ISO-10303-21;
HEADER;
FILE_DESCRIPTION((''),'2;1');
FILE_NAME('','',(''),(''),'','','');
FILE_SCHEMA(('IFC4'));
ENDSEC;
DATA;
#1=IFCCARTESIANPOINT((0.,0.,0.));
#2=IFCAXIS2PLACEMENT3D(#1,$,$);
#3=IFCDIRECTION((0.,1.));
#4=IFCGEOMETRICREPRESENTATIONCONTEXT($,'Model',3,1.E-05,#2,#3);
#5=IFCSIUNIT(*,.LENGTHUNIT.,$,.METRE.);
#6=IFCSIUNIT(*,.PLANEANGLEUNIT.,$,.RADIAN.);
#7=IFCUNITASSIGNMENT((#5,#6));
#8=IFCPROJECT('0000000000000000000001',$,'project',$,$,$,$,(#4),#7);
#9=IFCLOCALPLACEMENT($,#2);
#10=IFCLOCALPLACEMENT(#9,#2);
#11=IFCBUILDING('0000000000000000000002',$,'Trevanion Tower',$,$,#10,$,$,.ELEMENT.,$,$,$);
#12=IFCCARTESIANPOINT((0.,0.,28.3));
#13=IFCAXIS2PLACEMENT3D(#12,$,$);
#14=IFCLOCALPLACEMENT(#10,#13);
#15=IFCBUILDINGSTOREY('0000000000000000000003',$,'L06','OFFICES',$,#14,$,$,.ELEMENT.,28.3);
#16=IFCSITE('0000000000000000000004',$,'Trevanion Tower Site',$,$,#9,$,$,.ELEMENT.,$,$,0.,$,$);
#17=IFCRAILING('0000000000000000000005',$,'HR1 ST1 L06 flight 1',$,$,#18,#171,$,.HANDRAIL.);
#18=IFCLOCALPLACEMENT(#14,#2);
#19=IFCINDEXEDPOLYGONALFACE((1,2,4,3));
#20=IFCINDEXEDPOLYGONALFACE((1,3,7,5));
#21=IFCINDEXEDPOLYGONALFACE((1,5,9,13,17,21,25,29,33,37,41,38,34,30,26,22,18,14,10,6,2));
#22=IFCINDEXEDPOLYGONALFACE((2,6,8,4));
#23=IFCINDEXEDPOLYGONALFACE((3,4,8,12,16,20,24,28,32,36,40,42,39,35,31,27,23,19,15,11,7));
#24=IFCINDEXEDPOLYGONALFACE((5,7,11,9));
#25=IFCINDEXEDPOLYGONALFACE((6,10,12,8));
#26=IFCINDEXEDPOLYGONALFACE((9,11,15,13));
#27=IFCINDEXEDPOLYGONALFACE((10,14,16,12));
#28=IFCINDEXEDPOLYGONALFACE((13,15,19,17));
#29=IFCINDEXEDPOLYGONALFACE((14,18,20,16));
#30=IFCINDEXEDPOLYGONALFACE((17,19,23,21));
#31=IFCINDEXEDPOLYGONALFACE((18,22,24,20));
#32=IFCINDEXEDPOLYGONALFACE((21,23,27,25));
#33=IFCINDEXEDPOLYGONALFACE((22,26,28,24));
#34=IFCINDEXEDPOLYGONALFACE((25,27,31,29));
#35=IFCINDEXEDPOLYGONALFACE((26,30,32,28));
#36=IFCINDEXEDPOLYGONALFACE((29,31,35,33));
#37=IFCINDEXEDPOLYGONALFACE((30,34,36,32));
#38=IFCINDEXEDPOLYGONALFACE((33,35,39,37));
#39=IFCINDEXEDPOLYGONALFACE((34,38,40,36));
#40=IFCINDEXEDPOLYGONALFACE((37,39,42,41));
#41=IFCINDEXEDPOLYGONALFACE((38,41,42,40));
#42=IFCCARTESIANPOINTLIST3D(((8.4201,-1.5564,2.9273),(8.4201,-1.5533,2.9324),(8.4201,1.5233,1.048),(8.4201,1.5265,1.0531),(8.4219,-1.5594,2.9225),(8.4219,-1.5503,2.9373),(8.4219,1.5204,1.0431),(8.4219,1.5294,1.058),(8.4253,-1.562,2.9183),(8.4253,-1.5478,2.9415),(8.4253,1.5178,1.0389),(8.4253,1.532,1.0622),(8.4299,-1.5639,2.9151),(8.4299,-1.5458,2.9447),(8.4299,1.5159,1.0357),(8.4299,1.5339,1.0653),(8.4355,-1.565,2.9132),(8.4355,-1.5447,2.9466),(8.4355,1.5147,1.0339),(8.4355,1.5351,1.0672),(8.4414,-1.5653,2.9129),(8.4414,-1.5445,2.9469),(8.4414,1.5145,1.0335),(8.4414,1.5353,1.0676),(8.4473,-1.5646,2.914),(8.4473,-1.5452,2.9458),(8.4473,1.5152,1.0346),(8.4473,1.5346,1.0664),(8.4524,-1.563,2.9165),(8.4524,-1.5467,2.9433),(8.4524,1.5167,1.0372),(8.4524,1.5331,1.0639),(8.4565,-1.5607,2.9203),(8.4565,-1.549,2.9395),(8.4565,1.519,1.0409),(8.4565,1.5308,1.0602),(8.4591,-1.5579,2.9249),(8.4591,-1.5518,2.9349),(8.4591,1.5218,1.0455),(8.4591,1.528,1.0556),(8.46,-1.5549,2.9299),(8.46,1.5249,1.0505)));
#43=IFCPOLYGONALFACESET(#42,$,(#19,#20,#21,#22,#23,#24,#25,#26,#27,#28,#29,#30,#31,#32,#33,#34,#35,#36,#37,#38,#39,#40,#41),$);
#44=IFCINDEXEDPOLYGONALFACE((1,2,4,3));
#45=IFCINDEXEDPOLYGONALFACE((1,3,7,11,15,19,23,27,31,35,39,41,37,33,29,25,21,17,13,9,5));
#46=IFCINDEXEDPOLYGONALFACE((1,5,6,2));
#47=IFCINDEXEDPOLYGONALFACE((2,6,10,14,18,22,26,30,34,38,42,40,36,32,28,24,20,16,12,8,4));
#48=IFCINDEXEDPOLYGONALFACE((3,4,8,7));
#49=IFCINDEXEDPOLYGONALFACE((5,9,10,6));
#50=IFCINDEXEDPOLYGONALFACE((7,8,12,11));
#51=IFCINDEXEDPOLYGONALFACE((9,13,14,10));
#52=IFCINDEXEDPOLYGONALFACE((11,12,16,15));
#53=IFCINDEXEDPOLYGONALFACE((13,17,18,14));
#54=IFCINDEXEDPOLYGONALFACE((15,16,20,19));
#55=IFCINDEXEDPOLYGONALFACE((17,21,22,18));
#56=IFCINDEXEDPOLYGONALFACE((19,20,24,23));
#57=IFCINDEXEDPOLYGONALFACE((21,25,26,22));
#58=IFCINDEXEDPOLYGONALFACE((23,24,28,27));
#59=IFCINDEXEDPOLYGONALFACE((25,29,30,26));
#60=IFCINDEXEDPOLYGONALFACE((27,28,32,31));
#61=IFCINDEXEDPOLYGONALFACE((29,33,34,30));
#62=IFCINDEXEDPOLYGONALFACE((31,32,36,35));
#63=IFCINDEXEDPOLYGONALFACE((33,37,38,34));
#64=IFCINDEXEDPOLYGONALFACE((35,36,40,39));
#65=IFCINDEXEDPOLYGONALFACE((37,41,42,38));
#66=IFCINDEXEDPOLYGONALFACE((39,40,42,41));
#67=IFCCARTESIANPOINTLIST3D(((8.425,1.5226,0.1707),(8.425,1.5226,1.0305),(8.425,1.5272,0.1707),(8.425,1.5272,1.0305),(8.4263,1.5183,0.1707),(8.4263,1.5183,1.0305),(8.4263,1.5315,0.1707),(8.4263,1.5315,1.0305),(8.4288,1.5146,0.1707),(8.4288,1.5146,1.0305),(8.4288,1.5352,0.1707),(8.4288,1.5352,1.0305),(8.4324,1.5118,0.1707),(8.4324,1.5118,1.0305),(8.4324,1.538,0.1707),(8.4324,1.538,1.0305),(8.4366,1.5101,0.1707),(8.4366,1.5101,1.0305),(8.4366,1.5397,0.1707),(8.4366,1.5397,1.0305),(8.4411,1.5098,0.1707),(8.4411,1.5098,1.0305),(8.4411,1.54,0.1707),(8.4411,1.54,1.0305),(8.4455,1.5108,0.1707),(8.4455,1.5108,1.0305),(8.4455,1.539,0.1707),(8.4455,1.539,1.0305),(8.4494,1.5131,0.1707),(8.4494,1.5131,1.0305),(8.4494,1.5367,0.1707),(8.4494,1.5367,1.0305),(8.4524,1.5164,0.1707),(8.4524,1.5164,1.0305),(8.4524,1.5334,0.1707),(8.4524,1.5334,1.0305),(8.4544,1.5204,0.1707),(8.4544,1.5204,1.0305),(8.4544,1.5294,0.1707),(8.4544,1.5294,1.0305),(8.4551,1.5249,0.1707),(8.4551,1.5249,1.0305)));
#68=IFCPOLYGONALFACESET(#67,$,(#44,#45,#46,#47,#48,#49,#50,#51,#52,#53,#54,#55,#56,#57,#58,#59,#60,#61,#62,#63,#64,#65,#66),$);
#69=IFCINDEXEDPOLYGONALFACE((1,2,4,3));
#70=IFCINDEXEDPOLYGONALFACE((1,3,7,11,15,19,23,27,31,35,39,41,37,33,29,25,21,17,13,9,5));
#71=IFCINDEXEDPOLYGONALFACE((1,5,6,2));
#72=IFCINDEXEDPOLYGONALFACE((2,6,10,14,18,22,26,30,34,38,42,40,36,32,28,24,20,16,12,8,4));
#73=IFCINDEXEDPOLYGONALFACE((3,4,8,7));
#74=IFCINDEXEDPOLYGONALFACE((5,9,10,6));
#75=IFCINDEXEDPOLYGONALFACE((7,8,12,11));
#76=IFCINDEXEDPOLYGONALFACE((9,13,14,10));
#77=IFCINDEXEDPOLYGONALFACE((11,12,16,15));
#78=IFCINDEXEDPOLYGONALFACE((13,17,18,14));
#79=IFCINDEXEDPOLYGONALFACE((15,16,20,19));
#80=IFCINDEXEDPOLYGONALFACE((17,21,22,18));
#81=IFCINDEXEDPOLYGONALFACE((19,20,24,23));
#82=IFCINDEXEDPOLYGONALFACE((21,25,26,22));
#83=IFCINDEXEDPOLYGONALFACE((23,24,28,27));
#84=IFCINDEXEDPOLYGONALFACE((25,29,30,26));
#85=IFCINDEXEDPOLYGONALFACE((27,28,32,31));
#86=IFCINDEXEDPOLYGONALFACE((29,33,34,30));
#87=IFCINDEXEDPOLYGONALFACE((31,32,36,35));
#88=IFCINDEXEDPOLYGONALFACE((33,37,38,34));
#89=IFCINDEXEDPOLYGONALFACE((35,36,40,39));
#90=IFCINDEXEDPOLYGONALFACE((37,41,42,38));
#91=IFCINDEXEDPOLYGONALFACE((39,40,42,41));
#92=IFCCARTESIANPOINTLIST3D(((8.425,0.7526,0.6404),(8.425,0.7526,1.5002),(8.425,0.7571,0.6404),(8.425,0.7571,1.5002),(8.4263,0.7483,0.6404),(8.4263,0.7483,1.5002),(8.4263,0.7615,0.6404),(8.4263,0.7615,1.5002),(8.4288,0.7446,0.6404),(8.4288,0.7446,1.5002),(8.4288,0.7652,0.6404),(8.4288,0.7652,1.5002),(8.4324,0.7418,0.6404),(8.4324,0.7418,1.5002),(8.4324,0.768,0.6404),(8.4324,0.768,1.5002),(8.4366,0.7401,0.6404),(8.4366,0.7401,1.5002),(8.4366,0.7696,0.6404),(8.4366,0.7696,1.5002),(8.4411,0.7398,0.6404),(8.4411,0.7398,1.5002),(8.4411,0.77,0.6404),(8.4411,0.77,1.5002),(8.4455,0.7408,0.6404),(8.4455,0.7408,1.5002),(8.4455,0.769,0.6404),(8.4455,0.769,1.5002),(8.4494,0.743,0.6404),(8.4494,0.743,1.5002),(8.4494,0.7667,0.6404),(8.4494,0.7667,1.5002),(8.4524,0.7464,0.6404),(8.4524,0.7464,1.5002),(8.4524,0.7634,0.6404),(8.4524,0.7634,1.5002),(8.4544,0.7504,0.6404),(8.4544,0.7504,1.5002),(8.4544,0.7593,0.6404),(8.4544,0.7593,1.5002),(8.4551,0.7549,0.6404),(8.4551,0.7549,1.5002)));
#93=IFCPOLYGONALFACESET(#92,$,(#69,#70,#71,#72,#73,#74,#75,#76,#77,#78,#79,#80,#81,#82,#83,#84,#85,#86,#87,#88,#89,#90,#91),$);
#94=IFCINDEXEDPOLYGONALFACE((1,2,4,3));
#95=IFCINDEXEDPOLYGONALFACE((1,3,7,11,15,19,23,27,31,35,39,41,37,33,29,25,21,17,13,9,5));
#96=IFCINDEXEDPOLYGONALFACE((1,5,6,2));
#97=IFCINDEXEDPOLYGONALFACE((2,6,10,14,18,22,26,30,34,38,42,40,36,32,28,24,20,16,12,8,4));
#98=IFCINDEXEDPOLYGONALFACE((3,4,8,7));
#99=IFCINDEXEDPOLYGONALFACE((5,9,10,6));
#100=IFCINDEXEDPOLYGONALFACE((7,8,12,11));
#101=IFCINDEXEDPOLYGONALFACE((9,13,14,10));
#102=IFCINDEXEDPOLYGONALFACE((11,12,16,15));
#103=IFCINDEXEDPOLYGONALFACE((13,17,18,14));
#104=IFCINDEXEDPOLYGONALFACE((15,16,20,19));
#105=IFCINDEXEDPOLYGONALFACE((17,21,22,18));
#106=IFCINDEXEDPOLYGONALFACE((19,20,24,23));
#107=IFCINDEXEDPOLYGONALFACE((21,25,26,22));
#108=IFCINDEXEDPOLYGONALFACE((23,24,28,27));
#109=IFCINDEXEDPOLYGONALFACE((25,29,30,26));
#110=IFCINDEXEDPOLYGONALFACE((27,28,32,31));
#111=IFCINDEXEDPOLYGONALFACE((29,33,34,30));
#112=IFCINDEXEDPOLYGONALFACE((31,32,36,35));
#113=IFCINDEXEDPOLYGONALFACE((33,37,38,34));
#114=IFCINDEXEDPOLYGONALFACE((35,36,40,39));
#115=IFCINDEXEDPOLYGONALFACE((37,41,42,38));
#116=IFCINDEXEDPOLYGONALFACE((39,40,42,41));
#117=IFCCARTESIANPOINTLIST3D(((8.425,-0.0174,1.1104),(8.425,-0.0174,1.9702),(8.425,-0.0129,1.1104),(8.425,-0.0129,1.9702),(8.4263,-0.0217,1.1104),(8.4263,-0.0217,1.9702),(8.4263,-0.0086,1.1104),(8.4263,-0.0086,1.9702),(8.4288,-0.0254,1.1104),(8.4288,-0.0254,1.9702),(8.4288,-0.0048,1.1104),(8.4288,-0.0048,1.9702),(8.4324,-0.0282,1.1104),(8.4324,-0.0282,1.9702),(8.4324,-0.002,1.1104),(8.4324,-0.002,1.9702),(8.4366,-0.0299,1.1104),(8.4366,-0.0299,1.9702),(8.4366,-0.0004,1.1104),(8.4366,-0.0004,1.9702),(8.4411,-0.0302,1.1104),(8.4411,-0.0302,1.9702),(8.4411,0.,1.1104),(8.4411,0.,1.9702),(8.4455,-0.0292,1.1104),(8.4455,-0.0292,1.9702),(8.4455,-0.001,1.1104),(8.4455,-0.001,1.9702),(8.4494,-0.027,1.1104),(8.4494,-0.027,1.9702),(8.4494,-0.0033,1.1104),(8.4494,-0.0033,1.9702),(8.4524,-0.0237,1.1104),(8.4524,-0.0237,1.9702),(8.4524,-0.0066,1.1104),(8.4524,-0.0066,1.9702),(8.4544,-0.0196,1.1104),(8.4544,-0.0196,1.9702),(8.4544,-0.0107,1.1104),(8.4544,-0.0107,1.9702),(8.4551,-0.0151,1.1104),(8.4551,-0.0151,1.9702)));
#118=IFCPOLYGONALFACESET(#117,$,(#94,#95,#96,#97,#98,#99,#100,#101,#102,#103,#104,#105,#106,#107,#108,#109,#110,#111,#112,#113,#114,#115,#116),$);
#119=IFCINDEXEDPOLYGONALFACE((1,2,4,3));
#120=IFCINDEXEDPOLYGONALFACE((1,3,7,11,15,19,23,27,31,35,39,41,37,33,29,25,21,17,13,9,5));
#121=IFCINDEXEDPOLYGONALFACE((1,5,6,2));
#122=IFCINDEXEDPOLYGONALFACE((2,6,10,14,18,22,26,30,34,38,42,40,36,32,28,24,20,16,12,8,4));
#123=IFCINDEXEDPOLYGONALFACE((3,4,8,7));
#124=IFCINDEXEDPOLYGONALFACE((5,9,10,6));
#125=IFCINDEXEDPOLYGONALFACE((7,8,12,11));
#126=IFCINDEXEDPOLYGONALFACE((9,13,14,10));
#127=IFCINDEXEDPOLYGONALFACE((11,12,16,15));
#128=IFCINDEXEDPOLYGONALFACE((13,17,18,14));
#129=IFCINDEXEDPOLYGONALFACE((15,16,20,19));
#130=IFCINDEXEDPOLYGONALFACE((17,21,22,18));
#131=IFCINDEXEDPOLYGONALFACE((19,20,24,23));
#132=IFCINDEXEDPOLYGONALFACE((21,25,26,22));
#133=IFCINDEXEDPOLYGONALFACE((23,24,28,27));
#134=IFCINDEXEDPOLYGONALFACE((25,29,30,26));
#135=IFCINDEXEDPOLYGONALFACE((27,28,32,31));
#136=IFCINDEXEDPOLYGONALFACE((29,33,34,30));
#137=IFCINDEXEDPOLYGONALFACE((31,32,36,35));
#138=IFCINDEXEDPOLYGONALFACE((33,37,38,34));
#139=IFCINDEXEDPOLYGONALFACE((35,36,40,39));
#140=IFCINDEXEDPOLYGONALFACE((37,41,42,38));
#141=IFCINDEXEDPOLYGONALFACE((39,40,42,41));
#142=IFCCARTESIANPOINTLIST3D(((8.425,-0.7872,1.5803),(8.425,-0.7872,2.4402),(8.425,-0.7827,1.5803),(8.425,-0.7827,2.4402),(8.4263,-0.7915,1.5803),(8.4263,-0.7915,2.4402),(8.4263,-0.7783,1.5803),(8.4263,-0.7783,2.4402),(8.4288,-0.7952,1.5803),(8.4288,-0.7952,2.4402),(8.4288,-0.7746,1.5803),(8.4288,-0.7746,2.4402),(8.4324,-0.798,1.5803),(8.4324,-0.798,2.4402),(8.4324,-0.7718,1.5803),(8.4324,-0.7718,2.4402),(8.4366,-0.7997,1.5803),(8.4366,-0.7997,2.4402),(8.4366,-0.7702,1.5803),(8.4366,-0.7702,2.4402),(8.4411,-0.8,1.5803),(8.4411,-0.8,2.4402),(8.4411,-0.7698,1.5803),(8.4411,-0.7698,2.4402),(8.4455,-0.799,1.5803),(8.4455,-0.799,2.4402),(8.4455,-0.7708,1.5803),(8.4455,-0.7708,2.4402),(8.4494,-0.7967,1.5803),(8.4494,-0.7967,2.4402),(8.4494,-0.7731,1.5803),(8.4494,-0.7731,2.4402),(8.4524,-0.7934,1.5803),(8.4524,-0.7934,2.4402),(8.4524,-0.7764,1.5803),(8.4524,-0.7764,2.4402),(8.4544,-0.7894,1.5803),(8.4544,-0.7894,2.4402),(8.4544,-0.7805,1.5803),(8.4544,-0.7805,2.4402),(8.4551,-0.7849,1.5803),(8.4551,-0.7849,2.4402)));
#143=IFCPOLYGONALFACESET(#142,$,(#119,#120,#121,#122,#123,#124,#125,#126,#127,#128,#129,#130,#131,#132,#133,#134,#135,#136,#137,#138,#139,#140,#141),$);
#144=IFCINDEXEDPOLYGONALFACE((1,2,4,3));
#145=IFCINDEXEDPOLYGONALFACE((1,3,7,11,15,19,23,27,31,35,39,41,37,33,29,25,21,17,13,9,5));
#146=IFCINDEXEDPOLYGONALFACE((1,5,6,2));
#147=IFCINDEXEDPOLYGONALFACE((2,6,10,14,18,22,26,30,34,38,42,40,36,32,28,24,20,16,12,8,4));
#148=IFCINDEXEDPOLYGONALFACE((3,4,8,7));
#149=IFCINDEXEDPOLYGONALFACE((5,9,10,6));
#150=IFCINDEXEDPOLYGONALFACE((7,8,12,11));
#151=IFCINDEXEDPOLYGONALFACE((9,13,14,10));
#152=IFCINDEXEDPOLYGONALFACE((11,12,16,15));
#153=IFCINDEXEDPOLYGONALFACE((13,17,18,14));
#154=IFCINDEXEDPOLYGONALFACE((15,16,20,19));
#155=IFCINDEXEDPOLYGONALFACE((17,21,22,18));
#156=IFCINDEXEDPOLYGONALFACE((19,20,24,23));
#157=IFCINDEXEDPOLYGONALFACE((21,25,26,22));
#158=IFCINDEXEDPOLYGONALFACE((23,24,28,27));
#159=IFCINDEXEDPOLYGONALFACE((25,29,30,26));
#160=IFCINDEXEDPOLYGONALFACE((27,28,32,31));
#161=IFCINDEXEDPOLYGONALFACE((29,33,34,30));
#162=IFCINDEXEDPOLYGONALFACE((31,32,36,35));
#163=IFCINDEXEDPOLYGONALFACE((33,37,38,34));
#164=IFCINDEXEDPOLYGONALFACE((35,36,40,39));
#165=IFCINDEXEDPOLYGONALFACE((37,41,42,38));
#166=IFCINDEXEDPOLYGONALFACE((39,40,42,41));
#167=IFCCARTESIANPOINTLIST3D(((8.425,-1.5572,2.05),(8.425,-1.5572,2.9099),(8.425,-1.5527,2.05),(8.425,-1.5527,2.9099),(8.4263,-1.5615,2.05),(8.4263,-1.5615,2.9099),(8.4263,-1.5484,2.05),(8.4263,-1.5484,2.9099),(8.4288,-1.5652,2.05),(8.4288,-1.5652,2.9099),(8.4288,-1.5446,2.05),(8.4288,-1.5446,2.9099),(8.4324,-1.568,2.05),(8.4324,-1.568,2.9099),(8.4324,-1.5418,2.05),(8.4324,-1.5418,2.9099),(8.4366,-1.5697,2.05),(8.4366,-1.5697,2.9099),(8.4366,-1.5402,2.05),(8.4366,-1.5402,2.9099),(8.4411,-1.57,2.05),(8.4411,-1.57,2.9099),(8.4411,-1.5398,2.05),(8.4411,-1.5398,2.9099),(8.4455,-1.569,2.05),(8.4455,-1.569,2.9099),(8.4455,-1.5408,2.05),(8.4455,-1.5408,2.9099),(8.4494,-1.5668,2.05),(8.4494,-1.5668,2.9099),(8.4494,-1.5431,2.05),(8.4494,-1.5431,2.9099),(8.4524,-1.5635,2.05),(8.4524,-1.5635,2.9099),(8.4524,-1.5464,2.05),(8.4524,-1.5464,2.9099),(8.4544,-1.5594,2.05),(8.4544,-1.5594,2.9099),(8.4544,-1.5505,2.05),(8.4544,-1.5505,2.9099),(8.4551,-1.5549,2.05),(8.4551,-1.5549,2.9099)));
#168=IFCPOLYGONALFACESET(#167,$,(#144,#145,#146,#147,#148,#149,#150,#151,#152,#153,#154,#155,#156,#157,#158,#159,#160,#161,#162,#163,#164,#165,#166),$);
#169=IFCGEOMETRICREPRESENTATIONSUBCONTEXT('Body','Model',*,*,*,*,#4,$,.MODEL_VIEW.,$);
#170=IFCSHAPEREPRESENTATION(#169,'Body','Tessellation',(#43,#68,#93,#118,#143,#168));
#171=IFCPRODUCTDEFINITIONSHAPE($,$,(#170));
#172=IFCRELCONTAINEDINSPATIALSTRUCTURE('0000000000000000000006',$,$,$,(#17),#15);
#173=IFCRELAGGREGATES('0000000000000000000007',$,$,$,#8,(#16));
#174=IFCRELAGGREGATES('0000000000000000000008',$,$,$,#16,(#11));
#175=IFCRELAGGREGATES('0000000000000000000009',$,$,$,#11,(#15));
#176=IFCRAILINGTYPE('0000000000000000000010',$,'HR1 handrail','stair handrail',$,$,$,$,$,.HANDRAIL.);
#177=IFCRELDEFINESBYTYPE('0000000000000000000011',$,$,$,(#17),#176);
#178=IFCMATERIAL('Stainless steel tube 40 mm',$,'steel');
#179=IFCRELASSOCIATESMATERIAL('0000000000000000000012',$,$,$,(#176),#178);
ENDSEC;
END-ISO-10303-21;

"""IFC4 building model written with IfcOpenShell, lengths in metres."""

from ifc_helpers import new_model, si_unit, direction, frame, origin, origin_2d, place, context, subcontext, project, spatial, circle, extrude, material, type_object, element, save


model = new_model("IFC4")

# Units and contexts
model_context = context("Model", 3, precision=1e-05, world=origin(), true_north=direction((0.0, 1.0)))
body_context = subcontext(model_context, "Body", "Model", "MODEL_VIEW")
ifc_project = project(units=[si_unit("LENGTHUNIT", "METRE"), si_unit("PLANEANGLEUNIT", "RADIAN")], contexts=[model_context])

# Site, building, storey
site_placement = place(None, origin())
site = spatial("IfcSite", under=ifc_project, at=site_placement, Name="Trevanion Tower Site", CompositionType="ELEMENT", RefElevation=0.0)
building_placement = place(site_placement, origin())
building = spatial("IfcBuilding", under=site, at=building_placement, Name="Trevanion Tower", CompositionType="ELEMENT")
storey_placement = place(building_placement, frame((0.0, 0.0, 28.3)))
storey = spatial("IfcBuildingStorey", under=building, at=storey_placement, Name="L06", Description="OFFICES", CompositionType="ELEMENT", Elevation=28.3)

# Railing
ifc_material_1 = material(Name="Stainless steel tube 40 mm", Category="steel")
railing_type = type_object("IfcRailingType", Name="HR1 handrail", Description="stair handrail", PredefinedType="HANDRAIL", material=ifc_material_1)
for number, where, name in (
    (1, (8.4399, 1.5249, 0.1707), "HR1 ST1 L06 flight 1"),
):
    element("IfcRailing", number, at=place(storey_placement, frame(where)), inside=storey, type_object=railing_type, Name=name, PredefinedType="HANDRAIL", context=body_context, shape_type="SweptSolid", body=[
        extrude(circle(Radius=0.02, at=origin_2d()), frame((0.0, 0.0, 0.8799), z_axis=(0.0, -0.853618, 0.5209), x_axis=(1.0, 0.0, 0.0)), (0.0, 0.0, 1.0), 3.6079),
        extrude(circle(Radius=0.0151, at=origin_2d()), origin(), (0.0, 0.0, 1.0), 0.8599),
        extrude(circle(Radius=0.0151, at=origin_2d()), frame((0.0, -0.77, 0.4697)), (0.0, 0.0, 1.0), 0.8599),
        extrude(circle(Radius=0.0151, at=origin_2d()), frame((0.0, -1.54, 0.9397)), (0.0, 0.0, 1.0), 0.8599),
        extrude(circle(Radius=0.0151, at=origin_2d()), frame((0.0, -2.3098, 1.4097)), (0.0, 0.0, 1.0), 0.8599),
        extrude(circle(Radius=0.0151, at=origin_2d()), frame((0.0, -3.0798, 1.8794)), (0.0, 0.0, 1.0), 0.8599),
    ])

save(model, "model.ifc")
